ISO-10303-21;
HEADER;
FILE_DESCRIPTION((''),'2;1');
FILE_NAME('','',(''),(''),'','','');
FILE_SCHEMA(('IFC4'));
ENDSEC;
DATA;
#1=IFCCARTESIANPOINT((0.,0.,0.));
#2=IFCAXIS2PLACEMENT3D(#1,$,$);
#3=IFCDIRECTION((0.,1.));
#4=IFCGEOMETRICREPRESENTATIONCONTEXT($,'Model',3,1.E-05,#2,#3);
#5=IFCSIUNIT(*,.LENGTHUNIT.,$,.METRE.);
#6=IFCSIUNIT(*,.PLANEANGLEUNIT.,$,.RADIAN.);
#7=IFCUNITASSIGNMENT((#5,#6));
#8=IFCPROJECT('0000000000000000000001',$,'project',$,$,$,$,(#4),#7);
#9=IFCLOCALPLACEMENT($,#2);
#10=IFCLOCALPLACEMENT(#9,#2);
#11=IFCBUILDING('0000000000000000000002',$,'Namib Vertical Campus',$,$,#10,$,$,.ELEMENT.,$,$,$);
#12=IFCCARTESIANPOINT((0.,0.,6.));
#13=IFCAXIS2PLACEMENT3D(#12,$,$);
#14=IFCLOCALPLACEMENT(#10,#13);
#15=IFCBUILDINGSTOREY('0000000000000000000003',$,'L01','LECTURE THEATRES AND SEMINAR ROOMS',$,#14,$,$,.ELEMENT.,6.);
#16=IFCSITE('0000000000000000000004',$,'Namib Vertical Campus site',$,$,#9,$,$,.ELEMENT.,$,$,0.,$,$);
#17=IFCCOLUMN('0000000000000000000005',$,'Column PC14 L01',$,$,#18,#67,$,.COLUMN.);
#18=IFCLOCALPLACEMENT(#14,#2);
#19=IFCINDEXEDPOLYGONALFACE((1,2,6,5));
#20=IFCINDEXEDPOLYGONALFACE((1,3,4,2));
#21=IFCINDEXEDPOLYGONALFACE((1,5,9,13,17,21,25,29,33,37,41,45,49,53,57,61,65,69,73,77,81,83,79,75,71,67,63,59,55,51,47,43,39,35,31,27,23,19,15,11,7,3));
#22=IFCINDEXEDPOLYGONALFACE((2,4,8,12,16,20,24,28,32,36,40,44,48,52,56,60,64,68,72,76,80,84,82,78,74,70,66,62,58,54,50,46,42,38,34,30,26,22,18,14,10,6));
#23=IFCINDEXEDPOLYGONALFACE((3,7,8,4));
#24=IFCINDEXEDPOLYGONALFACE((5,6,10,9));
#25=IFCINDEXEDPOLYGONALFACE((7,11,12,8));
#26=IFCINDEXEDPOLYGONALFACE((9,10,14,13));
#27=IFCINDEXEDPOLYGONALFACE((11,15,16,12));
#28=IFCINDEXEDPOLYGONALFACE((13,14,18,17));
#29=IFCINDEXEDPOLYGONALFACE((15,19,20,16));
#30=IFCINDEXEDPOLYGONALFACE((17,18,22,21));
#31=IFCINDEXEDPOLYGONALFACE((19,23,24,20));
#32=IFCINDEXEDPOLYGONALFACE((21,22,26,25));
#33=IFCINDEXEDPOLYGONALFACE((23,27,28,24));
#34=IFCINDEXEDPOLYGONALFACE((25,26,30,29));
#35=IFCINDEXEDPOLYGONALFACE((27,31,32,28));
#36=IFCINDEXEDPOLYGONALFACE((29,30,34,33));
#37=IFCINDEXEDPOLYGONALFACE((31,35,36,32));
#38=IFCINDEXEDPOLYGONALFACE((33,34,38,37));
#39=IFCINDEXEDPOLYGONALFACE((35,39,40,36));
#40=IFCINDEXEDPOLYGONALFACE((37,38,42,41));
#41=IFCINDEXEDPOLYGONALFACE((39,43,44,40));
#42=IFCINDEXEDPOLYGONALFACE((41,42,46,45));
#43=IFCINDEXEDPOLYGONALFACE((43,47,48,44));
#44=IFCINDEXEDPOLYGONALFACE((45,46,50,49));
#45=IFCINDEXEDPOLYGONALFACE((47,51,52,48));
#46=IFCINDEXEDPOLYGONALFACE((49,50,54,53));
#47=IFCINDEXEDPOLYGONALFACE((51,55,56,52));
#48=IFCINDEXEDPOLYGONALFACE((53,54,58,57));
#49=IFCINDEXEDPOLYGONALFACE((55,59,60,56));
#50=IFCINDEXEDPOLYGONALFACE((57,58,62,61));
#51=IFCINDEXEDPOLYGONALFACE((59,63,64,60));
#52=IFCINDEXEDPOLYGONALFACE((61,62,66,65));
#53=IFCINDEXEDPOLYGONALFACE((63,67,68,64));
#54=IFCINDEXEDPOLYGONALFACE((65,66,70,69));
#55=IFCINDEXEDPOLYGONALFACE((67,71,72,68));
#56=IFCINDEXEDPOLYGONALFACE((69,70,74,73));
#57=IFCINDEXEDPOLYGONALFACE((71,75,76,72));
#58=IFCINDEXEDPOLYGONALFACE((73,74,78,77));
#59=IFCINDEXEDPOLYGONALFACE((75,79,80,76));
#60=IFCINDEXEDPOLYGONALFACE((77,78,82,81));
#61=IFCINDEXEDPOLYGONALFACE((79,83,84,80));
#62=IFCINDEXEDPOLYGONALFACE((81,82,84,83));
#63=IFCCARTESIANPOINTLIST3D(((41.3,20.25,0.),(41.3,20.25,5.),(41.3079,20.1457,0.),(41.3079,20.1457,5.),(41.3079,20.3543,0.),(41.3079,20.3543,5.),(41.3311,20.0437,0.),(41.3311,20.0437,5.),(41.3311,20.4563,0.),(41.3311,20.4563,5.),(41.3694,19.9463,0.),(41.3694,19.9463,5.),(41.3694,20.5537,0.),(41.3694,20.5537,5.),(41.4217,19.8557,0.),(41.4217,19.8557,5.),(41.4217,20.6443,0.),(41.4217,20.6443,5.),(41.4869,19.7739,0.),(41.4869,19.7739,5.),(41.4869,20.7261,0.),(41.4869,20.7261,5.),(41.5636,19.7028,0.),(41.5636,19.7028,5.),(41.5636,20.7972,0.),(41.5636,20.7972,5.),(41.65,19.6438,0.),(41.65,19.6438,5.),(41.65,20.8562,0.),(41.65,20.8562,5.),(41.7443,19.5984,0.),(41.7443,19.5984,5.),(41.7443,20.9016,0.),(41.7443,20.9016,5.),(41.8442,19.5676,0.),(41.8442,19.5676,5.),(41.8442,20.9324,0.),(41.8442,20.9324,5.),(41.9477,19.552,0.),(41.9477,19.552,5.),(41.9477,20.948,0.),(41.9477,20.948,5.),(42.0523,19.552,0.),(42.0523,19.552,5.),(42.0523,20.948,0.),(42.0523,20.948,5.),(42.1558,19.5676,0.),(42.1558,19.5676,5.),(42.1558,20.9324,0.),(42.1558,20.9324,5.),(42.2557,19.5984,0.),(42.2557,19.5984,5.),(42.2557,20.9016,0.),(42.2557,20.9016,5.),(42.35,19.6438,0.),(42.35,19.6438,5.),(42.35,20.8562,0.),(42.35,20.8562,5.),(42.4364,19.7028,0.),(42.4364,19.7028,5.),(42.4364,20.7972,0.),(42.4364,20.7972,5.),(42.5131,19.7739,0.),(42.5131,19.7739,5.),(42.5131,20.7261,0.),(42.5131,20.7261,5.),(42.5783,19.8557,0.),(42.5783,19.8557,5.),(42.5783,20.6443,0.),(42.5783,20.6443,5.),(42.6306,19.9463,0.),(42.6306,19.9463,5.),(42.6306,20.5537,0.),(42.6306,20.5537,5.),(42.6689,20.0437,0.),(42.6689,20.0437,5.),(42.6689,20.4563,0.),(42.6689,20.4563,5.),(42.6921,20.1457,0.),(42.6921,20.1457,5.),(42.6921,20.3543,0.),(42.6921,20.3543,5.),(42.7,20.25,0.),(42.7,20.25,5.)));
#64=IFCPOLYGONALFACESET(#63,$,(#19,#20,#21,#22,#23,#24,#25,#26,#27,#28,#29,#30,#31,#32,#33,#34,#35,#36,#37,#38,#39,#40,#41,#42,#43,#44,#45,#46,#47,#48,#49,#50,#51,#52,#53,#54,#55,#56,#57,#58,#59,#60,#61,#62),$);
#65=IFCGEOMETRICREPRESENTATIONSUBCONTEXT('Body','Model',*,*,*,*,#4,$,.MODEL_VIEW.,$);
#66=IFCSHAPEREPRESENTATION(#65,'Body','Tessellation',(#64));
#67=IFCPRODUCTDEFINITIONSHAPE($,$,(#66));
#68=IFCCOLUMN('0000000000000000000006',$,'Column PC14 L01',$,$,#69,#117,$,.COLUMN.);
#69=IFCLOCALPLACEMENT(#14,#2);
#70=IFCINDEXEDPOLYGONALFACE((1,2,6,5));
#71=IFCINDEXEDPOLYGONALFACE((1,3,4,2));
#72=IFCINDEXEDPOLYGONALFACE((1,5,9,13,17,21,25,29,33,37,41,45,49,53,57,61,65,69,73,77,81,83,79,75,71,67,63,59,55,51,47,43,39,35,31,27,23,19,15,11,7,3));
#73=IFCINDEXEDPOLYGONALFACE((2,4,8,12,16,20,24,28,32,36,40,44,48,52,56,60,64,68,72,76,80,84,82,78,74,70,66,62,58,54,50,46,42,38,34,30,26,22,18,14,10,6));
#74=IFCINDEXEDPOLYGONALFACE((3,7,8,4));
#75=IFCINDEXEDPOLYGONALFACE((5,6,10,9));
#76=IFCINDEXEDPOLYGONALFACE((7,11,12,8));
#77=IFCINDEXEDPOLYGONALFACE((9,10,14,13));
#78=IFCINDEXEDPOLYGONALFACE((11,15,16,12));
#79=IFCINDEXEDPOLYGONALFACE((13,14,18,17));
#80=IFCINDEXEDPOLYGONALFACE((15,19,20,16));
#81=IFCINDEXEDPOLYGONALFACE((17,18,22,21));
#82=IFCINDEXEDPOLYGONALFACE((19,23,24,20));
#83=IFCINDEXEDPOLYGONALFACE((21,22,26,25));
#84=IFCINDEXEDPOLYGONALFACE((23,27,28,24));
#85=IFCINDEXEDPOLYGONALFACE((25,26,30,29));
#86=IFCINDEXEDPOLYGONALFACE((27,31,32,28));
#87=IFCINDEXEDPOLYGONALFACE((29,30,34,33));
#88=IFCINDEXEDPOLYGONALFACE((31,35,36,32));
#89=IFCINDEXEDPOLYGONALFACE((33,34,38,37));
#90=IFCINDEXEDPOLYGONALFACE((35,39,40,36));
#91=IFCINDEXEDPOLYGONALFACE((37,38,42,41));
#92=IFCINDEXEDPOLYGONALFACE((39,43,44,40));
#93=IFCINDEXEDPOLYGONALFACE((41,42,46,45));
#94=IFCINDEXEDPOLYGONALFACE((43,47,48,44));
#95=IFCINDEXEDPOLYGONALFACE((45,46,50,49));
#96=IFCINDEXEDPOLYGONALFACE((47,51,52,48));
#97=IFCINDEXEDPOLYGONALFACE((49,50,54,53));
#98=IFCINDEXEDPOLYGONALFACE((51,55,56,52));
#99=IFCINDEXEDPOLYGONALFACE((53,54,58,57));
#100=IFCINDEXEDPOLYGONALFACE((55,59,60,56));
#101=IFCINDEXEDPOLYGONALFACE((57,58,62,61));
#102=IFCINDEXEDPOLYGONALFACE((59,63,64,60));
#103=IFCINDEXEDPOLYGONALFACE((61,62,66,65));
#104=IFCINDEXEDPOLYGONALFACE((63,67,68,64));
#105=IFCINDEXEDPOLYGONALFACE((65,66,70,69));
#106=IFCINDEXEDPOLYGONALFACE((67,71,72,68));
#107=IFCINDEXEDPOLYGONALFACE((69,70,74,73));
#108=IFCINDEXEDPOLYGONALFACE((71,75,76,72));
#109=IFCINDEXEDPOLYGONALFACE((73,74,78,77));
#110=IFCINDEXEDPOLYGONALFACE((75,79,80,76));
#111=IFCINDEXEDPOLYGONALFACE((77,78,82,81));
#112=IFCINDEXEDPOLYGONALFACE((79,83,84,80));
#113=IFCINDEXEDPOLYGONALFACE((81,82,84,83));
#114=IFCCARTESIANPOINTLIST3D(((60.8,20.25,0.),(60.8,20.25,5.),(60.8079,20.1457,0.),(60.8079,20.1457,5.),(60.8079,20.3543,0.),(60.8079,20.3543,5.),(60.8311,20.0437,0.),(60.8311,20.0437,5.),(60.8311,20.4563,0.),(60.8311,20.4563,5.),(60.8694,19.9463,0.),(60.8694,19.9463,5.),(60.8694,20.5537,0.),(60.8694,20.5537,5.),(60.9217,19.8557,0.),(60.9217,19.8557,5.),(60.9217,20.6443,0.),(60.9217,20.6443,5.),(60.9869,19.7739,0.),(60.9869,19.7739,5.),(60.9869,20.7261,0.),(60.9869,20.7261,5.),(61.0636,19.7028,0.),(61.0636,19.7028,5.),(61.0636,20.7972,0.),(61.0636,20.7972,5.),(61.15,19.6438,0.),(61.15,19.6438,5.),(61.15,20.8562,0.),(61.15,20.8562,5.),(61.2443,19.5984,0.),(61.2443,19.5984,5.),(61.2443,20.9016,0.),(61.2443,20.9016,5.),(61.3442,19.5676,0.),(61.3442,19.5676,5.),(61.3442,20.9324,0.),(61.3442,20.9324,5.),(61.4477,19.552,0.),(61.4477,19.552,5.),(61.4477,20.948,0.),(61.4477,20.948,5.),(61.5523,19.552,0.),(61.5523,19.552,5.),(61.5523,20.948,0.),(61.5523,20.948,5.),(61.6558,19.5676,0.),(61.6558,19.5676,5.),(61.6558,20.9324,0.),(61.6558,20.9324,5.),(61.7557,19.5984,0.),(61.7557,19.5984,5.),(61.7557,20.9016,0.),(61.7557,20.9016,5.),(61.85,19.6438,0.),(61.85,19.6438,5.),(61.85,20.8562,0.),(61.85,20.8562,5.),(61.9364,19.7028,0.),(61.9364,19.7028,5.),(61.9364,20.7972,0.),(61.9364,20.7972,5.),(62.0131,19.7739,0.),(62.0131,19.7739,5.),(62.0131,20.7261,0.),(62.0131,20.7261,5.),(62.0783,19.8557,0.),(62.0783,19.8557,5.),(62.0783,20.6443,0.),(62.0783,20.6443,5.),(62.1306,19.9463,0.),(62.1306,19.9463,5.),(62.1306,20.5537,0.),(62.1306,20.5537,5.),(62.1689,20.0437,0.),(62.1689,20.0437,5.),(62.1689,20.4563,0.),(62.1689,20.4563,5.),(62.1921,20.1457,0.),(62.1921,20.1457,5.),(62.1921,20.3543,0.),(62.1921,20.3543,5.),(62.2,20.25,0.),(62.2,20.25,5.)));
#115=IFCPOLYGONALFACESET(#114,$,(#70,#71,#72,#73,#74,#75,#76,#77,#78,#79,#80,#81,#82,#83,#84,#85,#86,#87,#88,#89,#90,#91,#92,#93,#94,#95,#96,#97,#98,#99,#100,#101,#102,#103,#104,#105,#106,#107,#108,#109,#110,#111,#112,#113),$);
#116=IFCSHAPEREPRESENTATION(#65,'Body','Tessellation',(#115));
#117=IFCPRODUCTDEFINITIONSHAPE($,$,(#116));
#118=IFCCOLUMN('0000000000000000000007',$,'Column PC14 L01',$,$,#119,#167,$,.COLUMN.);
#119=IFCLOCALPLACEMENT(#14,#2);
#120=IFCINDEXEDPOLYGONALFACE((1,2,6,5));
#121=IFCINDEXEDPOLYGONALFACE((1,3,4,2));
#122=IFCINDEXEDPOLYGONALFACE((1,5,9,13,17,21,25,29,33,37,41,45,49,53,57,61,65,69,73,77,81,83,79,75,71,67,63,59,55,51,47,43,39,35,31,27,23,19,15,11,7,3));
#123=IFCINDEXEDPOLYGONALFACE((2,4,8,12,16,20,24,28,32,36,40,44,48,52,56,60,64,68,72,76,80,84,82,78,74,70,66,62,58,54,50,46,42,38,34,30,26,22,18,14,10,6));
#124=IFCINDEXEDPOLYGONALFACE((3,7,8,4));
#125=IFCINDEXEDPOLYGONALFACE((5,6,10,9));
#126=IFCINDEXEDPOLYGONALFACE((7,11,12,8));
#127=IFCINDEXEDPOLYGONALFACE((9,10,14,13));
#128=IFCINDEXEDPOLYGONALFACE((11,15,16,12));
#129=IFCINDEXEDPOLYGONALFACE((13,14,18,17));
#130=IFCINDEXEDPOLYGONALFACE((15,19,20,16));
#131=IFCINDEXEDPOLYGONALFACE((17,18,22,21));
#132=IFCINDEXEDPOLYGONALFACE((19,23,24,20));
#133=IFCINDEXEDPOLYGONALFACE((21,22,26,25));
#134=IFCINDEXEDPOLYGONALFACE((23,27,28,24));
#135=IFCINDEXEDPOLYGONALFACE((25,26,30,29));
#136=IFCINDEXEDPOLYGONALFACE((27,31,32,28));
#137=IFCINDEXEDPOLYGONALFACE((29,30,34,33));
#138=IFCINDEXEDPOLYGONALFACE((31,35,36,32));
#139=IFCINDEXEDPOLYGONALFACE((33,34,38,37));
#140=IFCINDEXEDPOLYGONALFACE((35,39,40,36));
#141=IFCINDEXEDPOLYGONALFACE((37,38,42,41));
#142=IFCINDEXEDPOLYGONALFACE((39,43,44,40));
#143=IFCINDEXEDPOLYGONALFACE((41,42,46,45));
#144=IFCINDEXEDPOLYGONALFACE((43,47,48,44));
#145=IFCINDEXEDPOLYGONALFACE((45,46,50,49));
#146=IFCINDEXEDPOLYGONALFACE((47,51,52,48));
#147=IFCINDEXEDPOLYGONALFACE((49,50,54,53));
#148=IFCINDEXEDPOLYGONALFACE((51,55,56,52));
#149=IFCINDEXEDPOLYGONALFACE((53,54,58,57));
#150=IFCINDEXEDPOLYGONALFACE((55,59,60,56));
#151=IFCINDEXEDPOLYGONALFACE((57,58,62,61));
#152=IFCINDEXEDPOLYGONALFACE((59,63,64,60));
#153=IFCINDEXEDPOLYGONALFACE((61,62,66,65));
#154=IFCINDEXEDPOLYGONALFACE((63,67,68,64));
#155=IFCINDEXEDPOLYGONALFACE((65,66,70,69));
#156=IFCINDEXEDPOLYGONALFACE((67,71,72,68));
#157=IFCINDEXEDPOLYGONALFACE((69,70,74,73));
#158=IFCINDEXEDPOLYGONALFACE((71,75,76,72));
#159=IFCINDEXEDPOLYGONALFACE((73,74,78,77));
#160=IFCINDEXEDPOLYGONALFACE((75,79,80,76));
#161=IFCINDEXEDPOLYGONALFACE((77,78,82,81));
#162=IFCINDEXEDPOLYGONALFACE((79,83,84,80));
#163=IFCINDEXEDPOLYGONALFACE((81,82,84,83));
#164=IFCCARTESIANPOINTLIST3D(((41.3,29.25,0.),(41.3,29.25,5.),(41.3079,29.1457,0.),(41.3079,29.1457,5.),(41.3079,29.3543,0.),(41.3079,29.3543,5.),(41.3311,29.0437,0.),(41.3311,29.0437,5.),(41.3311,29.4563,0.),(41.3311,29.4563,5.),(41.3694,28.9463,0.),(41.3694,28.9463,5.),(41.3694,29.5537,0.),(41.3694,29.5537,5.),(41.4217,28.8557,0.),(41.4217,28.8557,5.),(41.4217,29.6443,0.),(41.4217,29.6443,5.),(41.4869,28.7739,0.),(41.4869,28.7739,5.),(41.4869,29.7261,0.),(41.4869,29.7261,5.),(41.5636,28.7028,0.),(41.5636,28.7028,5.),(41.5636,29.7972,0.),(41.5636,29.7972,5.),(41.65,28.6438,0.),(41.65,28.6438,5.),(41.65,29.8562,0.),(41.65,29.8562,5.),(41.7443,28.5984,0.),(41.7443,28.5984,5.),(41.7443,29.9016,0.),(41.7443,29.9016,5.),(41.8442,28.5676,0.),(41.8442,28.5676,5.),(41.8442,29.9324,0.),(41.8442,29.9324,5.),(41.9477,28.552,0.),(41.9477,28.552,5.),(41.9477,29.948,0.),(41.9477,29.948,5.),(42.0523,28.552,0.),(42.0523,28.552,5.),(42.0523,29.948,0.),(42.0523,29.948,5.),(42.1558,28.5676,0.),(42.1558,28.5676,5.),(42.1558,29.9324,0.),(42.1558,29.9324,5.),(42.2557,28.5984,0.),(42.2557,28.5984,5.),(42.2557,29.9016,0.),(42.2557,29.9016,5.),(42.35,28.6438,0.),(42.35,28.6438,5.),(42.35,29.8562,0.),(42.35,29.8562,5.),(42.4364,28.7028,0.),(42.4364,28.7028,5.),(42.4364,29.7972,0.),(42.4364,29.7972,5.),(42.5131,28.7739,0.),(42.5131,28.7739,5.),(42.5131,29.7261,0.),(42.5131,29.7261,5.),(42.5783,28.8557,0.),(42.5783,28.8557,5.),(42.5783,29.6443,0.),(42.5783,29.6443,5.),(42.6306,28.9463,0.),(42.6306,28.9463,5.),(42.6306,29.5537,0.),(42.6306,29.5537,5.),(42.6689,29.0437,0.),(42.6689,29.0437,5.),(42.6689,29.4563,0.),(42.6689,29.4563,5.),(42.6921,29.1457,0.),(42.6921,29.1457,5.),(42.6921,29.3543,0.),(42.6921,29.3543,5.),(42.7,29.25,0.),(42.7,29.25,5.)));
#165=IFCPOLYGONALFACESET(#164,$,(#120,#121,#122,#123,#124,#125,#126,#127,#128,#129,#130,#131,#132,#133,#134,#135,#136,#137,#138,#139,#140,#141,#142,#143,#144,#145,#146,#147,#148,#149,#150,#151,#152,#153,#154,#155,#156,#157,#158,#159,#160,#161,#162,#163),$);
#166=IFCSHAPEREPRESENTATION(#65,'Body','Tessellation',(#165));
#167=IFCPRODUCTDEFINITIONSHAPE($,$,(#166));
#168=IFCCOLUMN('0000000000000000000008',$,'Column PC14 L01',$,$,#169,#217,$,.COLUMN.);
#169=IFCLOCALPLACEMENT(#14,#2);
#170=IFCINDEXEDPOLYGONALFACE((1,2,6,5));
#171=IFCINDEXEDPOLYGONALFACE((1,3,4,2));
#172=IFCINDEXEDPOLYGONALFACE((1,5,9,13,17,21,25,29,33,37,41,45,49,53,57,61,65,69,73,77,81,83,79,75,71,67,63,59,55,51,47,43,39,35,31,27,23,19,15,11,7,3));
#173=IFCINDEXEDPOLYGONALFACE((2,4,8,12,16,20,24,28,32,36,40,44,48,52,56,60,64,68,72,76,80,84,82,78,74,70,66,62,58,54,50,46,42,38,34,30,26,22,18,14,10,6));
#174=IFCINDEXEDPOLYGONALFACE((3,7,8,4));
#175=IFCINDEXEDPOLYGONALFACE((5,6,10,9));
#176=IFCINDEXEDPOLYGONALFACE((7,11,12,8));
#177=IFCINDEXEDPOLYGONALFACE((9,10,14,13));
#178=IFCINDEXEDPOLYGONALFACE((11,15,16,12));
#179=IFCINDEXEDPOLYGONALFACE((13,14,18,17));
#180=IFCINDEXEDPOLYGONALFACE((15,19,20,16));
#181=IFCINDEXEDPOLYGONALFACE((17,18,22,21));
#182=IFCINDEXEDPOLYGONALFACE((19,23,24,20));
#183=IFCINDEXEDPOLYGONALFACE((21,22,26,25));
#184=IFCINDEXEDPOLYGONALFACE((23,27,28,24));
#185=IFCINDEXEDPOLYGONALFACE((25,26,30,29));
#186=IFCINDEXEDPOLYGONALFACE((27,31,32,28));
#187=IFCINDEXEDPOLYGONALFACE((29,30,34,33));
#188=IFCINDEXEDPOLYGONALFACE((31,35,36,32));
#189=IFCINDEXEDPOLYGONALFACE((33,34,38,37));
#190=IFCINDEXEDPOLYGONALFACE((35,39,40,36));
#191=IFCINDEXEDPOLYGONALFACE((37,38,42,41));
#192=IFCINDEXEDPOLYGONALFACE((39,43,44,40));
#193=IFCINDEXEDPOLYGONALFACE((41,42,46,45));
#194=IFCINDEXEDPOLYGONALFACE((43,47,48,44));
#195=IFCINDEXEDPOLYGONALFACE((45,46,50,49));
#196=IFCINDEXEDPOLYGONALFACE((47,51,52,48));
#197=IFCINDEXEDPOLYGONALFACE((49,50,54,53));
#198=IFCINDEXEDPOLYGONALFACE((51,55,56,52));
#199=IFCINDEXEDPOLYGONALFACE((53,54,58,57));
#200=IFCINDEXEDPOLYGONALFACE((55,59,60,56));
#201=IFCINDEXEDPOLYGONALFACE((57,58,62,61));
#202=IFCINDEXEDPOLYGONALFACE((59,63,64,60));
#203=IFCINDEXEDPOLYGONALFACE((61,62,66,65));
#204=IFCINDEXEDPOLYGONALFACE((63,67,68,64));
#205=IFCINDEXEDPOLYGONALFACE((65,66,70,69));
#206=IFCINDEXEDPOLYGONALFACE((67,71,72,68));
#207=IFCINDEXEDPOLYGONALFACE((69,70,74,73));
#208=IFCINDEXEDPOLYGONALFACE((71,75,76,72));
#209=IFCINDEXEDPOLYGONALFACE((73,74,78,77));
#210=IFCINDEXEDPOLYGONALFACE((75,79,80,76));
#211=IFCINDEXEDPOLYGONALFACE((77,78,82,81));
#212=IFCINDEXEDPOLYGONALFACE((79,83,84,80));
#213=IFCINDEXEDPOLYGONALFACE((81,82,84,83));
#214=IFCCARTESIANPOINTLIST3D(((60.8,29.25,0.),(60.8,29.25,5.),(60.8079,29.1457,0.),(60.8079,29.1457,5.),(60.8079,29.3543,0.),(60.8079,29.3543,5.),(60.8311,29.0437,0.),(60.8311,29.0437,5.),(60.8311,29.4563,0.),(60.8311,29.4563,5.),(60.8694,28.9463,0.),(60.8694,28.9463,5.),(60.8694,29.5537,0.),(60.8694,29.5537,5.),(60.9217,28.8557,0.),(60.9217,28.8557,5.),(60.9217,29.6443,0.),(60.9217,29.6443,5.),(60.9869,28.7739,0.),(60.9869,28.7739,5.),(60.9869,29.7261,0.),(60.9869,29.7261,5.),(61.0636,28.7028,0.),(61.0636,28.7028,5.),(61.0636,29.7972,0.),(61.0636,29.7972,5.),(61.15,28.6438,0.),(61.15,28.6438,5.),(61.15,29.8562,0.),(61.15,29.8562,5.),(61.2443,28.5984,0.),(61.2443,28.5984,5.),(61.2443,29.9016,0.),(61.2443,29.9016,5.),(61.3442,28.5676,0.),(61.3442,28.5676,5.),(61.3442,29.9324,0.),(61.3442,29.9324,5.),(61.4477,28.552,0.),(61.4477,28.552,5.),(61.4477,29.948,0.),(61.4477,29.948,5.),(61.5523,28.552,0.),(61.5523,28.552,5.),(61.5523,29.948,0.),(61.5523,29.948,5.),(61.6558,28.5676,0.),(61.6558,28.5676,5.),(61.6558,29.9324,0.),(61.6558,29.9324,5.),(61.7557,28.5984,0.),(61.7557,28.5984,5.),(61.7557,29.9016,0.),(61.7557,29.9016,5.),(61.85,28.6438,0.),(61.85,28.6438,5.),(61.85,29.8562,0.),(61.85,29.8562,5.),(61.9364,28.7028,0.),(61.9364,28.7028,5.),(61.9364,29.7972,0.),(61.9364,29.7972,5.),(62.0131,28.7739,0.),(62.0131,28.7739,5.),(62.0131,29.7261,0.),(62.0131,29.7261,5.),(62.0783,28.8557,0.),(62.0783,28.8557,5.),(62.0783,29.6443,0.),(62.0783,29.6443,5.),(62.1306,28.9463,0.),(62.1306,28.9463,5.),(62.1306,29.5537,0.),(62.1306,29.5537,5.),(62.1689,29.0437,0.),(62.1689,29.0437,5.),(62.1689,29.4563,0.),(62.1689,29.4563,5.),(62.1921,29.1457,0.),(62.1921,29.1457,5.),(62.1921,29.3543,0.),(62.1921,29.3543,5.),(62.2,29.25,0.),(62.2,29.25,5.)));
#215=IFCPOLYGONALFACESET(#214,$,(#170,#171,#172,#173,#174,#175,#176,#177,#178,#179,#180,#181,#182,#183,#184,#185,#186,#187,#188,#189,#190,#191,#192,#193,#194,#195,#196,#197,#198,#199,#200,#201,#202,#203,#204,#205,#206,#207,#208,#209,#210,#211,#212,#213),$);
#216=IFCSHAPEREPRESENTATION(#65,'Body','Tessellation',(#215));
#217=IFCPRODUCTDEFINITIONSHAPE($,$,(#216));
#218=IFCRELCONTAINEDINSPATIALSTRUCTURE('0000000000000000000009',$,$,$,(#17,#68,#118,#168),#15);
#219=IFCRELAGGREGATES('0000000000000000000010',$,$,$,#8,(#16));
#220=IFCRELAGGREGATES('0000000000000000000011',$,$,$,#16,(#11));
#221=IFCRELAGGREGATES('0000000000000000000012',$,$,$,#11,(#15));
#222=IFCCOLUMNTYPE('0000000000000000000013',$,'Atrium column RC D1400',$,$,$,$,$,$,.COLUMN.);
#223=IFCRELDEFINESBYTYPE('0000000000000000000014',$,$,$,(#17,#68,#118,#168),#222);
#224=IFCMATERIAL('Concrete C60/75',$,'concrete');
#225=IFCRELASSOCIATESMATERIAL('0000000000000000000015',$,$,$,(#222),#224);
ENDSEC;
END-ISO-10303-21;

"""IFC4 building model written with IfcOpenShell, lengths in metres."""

from ifc_helpers import new_model, si_unit, direction, frame, origin, origin_2d, place, context, subcontext, project, spatial, circle, extrude, material, material_profile, profile_set, type_object, element, save


model = new_model("IFC4")

# Units and contexts
model_context = context("Model", 3, precision=1e-05, world=origin(), true_north=direction((0.0, 1.0)))
body_context = subcontext(model_context, "Body", "Model", "MODEL_VIEW")
ifc_project = project(units=[si_unit("LENGTHUNIT", "METRE"), si_unit("PLANEANGLEUNIT", "RADIAN")], contexts=[model_context])

# Site, building, storey
site_placement = place(None, origin())
site = spatial("IfcSite", under=ifc_project, at=site_placement, Name="Namib Vertical Campus site", CompositionType="ELEMENT", RefElevation=0.0)
building_placement = place(site_placement, origin())
building = spatial("IfcBuilding", under=site, at=building_placement, Name="Namib Vertical Campus", CompositionType="ELEMENT")
storey_placement = place(building_placement, frame((0.0, 0.0, 6.0)))
storey = spatial("IfcBuildingStorey", under=building, at=storey_placement, Name="L01", Description="LECTURE THEATRES AND SEMINAR ROOMS", CompositionType="ELEMENT", Elevation=6.0)

# Columns
ifc_material_1 = material(Name="Concrete C60/75", Category="concrete")
ifc_material_profile_1 = material_profile(ifc_material_1, circle(Radius=0.7, at=origin_2d()))
ifc_profile_set_1 = profile_set([ifc_material_profile_1], Name="Concrete C60/75")
column_type_1 = type_object("IfcColumnType", Name="Atrium column RC D1400", PredefinedType="COLUMN", material=ifc_profile_set_1)
for number, where, z_axis, x_axis, name in (
    (1, (42.0, 20.25, 0.0), (0.0, 0.0, 1.0), (1.0, 0.0, 0.0), "Column PC14 L01"),
    (2, (61.5, 20.25, 0.0), (0.0, 0.0, 1.0), (1.0, 0.0, 0.0), "Column PC14 L01"),
    (3, (42.0, 29.25, 0.0), (0.0, 0.0, 1.0), (1.0, 0.0, 0.0), "Column PC14 L01"),
    (4, (61.5, 29.25, 0.0), (0.0, 0.0, 1.0), (1.0, 0.0, 0.0), "Column PC14 L01"),
):
    element("IfcColumn", number, at=place(storey_placement, frame(where, z_axis=z_axis, x_axis=x_axis)), inside=storey, type_object=column_type_1, Name=name, PredefinedType="COLUMN", context=body_context, shape_type="SweptSolid", body=[
        extrude(circle(Radius=0.7, at=origin_2d()), origin(), (0.0, 0.0, 1.0), 5.0),
    ])

save(model, "model.ifc")
